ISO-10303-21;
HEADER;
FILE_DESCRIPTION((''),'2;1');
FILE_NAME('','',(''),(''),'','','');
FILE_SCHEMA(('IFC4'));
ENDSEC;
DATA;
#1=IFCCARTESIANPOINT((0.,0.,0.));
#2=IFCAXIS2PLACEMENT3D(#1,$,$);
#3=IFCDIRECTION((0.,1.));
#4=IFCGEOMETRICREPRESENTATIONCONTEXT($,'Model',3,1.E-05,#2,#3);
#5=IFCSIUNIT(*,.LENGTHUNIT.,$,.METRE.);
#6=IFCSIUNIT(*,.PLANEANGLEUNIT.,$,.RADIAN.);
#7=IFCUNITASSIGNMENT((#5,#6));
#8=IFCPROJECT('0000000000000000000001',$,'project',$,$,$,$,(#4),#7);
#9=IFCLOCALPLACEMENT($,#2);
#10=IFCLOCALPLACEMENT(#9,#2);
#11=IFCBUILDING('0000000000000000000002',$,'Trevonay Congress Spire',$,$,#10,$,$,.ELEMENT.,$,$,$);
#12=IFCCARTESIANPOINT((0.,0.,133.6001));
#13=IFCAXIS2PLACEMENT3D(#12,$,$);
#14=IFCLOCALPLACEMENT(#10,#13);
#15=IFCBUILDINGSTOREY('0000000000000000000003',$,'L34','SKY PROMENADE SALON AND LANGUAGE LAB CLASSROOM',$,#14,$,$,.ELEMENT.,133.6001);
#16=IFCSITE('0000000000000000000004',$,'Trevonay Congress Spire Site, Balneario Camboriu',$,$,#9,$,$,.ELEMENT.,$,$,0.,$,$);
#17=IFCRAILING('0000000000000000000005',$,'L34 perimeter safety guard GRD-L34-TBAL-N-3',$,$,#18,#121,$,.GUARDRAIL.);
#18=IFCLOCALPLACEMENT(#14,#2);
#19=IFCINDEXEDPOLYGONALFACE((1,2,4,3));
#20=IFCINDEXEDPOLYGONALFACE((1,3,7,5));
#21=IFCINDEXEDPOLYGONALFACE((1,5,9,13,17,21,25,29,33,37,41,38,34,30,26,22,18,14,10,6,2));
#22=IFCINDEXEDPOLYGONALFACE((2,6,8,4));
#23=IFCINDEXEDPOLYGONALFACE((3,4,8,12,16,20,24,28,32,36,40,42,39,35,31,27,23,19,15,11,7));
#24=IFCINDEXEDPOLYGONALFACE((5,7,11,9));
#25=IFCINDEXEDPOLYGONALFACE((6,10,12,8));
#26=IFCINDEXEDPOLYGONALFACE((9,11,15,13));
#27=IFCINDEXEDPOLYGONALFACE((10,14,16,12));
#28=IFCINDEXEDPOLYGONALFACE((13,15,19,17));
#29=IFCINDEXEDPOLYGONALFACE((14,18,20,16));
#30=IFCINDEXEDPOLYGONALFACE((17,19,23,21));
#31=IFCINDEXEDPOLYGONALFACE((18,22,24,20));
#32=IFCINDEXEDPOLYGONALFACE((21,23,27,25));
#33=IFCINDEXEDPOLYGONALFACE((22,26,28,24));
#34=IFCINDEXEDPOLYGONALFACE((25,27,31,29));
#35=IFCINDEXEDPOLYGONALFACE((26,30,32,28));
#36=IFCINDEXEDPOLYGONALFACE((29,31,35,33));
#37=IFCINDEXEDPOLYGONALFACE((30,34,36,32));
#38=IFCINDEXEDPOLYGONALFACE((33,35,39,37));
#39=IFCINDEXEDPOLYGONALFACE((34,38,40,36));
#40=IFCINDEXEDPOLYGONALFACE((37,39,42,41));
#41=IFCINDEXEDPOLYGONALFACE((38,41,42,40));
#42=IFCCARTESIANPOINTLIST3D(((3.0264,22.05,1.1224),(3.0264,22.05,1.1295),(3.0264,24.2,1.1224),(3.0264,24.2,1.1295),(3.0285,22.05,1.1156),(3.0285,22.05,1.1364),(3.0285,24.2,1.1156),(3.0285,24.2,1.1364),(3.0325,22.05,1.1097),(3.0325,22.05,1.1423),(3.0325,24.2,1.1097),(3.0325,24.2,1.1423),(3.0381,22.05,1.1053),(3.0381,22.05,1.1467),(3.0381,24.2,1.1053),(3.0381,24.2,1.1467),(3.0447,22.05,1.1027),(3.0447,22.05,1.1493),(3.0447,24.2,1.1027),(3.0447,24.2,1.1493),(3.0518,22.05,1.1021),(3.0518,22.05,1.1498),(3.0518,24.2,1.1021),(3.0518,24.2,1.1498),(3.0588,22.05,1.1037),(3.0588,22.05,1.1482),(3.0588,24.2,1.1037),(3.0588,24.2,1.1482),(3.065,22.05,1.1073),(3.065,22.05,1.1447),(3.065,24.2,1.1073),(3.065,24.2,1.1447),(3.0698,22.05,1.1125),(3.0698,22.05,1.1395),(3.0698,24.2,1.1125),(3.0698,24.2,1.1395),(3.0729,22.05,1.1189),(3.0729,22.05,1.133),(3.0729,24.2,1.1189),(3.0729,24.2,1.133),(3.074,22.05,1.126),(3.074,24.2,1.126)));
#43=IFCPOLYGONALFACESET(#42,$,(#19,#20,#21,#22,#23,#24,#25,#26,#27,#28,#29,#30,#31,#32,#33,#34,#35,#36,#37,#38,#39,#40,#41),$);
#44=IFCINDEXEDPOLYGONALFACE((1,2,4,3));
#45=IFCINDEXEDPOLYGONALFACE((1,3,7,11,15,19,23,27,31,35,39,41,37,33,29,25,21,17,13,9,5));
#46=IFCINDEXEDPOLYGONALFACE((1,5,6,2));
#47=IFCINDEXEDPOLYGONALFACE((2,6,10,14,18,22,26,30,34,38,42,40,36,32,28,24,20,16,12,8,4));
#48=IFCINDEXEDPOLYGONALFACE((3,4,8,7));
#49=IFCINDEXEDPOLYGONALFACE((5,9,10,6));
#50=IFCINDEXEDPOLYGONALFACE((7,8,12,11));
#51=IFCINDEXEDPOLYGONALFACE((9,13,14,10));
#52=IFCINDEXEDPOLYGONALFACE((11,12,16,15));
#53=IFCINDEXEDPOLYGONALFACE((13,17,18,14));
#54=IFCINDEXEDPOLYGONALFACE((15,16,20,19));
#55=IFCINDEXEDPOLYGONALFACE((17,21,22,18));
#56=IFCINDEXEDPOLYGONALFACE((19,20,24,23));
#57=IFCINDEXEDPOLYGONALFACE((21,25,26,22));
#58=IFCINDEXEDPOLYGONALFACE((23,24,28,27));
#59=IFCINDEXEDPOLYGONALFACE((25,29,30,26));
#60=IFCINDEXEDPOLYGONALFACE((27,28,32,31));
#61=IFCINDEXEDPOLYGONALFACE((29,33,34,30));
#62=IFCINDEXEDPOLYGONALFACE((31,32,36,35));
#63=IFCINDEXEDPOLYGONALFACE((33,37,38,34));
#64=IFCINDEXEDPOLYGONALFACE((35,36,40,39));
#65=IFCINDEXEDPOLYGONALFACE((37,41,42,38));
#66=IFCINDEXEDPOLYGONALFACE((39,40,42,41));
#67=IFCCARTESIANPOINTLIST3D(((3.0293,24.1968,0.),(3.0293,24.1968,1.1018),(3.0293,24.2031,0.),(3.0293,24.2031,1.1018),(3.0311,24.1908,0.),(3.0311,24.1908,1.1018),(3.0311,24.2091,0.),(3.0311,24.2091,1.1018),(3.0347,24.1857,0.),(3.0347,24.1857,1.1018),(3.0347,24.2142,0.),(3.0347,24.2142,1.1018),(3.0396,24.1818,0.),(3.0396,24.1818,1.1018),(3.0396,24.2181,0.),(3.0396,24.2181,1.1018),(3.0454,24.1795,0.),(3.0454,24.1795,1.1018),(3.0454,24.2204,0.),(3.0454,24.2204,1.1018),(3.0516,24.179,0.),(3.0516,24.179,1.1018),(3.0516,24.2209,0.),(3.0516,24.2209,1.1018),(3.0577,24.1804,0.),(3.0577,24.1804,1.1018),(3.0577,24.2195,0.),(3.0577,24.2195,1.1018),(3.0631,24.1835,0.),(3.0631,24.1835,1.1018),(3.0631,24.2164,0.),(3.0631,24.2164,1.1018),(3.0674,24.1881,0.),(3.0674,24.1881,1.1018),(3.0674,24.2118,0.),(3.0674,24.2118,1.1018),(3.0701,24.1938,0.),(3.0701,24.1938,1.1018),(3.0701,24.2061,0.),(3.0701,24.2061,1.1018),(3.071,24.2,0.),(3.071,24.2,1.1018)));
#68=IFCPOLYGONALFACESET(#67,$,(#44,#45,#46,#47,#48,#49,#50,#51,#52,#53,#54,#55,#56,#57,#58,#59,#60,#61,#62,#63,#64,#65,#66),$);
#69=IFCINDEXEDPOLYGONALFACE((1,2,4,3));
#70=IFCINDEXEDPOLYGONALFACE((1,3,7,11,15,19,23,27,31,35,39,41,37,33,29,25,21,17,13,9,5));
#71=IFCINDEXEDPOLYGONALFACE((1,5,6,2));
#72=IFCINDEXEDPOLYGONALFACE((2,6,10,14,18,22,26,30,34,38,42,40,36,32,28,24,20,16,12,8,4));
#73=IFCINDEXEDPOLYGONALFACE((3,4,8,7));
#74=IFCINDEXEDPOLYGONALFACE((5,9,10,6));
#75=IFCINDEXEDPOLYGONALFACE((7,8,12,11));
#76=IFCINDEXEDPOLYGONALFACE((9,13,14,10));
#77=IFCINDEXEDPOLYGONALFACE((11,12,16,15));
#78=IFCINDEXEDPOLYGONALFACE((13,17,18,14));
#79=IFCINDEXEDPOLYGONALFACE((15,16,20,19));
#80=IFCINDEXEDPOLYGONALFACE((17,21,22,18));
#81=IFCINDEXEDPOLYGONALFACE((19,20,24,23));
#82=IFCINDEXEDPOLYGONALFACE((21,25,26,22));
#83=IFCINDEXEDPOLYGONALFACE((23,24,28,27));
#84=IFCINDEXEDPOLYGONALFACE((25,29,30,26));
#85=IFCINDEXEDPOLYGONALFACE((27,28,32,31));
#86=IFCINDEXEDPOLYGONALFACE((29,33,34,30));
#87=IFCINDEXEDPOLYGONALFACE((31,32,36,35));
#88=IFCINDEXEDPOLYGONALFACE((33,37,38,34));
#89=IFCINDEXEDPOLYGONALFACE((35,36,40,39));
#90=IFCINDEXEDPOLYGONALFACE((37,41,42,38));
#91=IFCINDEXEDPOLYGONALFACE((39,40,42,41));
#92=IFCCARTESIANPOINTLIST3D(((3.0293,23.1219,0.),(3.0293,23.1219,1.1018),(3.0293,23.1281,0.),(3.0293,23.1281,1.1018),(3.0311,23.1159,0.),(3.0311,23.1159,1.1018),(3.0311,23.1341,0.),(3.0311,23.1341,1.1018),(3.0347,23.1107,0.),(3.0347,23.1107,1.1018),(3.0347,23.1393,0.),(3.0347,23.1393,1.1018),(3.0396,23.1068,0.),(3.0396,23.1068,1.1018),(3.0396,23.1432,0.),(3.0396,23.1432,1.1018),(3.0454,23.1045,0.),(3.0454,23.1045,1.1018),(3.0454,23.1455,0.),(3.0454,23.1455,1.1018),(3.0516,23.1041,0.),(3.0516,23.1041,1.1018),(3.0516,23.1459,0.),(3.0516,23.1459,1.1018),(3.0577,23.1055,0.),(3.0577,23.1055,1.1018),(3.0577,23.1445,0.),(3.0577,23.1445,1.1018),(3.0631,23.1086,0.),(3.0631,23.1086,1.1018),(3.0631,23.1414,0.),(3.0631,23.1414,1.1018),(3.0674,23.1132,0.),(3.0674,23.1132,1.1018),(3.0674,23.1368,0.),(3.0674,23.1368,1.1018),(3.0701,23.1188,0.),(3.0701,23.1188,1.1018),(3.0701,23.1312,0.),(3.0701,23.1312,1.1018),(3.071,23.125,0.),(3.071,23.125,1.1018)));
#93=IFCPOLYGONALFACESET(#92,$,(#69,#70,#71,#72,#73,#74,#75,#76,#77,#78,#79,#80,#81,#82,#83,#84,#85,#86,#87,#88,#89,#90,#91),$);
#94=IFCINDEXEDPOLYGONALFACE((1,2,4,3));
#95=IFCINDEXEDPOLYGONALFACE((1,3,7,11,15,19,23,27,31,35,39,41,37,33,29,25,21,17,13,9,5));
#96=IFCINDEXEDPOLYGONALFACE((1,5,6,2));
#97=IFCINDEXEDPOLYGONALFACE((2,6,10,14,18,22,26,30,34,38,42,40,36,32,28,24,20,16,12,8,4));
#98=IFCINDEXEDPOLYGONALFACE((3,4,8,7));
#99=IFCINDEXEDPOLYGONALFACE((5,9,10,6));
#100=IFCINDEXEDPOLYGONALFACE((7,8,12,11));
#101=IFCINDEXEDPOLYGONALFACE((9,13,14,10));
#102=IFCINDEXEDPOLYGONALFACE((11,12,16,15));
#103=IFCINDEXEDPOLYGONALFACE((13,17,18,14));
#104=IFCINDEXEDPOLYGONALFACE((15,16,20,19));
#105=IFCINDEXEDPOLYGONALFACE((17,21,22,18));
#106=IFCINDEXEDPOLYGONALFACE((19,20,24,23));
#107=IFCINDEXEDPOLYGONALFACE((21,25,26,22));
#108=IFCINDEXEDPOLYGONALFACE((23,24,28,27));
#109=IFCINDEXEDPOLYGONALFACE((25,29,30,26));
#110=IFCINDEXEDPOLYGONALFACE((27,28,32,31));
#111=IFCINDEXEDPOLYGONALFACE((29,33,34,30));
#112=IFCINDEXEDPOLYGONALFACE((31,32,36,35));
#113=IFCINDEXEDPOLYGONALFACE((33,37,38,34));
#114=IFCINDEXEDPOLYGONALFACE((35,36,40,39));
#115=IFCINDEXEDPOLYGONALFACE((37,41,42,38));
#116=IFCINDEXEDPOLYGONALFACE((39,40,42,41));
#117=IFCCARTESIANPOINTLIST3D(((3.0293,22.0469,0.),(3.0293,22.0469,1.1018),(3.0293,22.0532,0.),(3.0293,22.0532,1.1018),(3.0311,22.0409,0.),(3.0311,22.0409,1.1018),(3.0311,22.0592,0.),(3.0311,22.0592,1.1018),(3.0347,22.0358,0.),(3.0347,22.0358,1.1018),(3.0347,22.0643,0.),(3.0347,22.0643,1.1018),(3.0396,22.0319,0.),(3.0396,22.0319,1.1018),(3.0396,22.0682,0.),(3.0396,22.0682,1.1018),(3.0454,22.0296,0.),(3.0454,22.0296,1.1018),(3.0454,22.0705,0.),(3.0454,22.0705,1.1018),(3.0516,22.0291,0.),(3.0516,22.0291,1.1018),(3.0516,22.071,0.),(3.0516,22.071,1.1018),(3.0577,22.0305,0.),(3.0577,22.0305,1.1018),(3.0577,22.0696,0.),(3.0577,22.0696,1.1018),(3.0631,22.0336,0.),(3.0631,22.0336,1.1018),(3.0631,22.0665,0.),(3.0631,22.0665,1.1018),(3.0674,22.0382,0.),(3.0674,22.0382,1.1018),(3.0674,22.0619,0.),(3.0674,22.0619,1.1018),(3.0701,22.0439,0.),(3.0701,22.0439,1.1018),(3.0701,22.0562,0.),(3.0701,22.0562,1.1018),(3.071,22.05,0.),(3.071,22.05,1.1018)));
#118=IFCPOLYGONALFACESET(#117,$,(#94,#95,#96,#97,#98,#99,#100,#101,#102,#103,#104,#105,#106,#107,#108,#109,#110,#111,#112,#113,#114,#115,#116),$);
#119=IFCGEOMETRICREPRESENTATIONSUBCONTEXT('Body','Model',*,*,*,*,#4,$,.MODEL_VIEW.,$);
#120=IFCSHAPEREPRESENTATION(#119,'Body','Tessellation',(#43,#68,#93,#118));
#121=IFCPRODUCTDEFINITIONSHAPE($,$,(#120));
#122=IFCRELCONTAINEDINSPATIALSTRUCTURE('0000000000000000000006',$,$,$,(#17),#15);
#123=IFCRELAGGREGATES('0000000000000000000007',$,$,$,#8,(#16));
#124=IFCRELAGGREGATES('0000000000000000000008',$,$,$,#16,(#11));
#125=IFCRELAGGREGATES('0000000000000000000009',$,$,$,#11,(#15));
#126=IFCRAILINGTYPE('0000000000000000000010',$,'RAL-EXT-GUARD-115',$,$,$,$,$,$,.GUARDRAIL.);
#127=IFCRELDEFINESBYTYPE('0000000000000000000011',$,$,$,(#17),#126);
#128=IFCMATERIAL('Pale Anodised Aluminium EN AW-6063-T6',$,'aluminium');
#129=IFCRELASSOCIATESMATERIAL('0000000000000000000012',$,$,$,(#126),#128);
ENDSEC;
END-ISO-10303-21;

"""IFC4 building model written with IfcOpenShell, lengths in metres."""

from ifc_helpers import new_model, si_unit, direction, frame, origin, origin_2d, place, context, subcontext, project, spatial, circle, extrude, material, type_object, element, save


model = new_model("IFC4")

# Units and contexts
model_context = context("Model", 3, precision=1e-05, world=origin(), true_north=direction((0.0, 1.0)))
body_context = subcontext(model_context, "Body", "Model", "MODEL_VIEW")
ifc_project = project(units=[si_unit("LENGTHUNIT", "METRE"), si_unit("PLANEANGLEUNIT", "RADIAN")], contexts=[model_context])

# Site, building, storey
site_placement = place(None, origin())
site = spatial("IfcSite", under=ifc_project, at=site_placement, Name="Trevonay Congress Spire Site, Balneario Camboriu", CompositionType="ELEMENT", RefElevation=0.0)
building_placement = place(site_placement, origin())
building = spatial("IfcBuilding", under=site, at=building_placement, Name="Trevonay Congress Spire", CompositionType="ELEMENT")
storey_placement = place(building_placement, frame((0.0, 0.0, 133.6001)))
storey = spatial("IfcBuildingStorey", under=building, at=storey_placement, Name="L34", Description="SKY PROMENADE SALON AND LANGUAGE LAB CLASSROOM", CompositionType="ELEMENT", Elevation=133.6001)

# Shared definitions
ifc_material_1 = material(Name="Pale Anodised Aluminium EN AW-6063-T6", Category="aluminium")

# Railing
railing_type = type_object("IfcRailingType", Name="RAL-EXT-GUARD-115", PredefinedType="GUARDRAIL", material=ifc_material_1)
railing_placement = place(storey_placement, frame((3.05, 24.2, 0.0)))
element("IfcRailing", 1, at=railing_placement, inside=storey, type_object=railing_type, Name="L34 perimeter safety guard GRD-L34-TBAL-N-3", PredefinedType="GUARDRAIL", context=body_context, shape_type="SweptSolid", body=[
    extrude(circle(Radius=0.0239, at=origin_2d()), frame((0.0, 0.0, 1.126), z_axis=(0.0, -1.0, 0.0), x_axis=(1.0, 0.0, 0.0)), (0.0, 0.0, 1.0), 2.1499),
    extrude(circle(Radius=0.021, at=origin_2d()), origin(), (0.0, 0.0, 1.0), 1.1018),
    extrude(circle(Radius=0.021, at=origin_2d()), frame((0.0, -1.075, 0.0)), (0.0, 0.0, 1.0), 1.1018),
    extrude(circle(Radius=0.021, at=origin_2d()), frame((0.0, -2.1499, 0.0)), (0.0, 0.0, 1.0), 1.1018),
])

save(model, "model.ifc")
